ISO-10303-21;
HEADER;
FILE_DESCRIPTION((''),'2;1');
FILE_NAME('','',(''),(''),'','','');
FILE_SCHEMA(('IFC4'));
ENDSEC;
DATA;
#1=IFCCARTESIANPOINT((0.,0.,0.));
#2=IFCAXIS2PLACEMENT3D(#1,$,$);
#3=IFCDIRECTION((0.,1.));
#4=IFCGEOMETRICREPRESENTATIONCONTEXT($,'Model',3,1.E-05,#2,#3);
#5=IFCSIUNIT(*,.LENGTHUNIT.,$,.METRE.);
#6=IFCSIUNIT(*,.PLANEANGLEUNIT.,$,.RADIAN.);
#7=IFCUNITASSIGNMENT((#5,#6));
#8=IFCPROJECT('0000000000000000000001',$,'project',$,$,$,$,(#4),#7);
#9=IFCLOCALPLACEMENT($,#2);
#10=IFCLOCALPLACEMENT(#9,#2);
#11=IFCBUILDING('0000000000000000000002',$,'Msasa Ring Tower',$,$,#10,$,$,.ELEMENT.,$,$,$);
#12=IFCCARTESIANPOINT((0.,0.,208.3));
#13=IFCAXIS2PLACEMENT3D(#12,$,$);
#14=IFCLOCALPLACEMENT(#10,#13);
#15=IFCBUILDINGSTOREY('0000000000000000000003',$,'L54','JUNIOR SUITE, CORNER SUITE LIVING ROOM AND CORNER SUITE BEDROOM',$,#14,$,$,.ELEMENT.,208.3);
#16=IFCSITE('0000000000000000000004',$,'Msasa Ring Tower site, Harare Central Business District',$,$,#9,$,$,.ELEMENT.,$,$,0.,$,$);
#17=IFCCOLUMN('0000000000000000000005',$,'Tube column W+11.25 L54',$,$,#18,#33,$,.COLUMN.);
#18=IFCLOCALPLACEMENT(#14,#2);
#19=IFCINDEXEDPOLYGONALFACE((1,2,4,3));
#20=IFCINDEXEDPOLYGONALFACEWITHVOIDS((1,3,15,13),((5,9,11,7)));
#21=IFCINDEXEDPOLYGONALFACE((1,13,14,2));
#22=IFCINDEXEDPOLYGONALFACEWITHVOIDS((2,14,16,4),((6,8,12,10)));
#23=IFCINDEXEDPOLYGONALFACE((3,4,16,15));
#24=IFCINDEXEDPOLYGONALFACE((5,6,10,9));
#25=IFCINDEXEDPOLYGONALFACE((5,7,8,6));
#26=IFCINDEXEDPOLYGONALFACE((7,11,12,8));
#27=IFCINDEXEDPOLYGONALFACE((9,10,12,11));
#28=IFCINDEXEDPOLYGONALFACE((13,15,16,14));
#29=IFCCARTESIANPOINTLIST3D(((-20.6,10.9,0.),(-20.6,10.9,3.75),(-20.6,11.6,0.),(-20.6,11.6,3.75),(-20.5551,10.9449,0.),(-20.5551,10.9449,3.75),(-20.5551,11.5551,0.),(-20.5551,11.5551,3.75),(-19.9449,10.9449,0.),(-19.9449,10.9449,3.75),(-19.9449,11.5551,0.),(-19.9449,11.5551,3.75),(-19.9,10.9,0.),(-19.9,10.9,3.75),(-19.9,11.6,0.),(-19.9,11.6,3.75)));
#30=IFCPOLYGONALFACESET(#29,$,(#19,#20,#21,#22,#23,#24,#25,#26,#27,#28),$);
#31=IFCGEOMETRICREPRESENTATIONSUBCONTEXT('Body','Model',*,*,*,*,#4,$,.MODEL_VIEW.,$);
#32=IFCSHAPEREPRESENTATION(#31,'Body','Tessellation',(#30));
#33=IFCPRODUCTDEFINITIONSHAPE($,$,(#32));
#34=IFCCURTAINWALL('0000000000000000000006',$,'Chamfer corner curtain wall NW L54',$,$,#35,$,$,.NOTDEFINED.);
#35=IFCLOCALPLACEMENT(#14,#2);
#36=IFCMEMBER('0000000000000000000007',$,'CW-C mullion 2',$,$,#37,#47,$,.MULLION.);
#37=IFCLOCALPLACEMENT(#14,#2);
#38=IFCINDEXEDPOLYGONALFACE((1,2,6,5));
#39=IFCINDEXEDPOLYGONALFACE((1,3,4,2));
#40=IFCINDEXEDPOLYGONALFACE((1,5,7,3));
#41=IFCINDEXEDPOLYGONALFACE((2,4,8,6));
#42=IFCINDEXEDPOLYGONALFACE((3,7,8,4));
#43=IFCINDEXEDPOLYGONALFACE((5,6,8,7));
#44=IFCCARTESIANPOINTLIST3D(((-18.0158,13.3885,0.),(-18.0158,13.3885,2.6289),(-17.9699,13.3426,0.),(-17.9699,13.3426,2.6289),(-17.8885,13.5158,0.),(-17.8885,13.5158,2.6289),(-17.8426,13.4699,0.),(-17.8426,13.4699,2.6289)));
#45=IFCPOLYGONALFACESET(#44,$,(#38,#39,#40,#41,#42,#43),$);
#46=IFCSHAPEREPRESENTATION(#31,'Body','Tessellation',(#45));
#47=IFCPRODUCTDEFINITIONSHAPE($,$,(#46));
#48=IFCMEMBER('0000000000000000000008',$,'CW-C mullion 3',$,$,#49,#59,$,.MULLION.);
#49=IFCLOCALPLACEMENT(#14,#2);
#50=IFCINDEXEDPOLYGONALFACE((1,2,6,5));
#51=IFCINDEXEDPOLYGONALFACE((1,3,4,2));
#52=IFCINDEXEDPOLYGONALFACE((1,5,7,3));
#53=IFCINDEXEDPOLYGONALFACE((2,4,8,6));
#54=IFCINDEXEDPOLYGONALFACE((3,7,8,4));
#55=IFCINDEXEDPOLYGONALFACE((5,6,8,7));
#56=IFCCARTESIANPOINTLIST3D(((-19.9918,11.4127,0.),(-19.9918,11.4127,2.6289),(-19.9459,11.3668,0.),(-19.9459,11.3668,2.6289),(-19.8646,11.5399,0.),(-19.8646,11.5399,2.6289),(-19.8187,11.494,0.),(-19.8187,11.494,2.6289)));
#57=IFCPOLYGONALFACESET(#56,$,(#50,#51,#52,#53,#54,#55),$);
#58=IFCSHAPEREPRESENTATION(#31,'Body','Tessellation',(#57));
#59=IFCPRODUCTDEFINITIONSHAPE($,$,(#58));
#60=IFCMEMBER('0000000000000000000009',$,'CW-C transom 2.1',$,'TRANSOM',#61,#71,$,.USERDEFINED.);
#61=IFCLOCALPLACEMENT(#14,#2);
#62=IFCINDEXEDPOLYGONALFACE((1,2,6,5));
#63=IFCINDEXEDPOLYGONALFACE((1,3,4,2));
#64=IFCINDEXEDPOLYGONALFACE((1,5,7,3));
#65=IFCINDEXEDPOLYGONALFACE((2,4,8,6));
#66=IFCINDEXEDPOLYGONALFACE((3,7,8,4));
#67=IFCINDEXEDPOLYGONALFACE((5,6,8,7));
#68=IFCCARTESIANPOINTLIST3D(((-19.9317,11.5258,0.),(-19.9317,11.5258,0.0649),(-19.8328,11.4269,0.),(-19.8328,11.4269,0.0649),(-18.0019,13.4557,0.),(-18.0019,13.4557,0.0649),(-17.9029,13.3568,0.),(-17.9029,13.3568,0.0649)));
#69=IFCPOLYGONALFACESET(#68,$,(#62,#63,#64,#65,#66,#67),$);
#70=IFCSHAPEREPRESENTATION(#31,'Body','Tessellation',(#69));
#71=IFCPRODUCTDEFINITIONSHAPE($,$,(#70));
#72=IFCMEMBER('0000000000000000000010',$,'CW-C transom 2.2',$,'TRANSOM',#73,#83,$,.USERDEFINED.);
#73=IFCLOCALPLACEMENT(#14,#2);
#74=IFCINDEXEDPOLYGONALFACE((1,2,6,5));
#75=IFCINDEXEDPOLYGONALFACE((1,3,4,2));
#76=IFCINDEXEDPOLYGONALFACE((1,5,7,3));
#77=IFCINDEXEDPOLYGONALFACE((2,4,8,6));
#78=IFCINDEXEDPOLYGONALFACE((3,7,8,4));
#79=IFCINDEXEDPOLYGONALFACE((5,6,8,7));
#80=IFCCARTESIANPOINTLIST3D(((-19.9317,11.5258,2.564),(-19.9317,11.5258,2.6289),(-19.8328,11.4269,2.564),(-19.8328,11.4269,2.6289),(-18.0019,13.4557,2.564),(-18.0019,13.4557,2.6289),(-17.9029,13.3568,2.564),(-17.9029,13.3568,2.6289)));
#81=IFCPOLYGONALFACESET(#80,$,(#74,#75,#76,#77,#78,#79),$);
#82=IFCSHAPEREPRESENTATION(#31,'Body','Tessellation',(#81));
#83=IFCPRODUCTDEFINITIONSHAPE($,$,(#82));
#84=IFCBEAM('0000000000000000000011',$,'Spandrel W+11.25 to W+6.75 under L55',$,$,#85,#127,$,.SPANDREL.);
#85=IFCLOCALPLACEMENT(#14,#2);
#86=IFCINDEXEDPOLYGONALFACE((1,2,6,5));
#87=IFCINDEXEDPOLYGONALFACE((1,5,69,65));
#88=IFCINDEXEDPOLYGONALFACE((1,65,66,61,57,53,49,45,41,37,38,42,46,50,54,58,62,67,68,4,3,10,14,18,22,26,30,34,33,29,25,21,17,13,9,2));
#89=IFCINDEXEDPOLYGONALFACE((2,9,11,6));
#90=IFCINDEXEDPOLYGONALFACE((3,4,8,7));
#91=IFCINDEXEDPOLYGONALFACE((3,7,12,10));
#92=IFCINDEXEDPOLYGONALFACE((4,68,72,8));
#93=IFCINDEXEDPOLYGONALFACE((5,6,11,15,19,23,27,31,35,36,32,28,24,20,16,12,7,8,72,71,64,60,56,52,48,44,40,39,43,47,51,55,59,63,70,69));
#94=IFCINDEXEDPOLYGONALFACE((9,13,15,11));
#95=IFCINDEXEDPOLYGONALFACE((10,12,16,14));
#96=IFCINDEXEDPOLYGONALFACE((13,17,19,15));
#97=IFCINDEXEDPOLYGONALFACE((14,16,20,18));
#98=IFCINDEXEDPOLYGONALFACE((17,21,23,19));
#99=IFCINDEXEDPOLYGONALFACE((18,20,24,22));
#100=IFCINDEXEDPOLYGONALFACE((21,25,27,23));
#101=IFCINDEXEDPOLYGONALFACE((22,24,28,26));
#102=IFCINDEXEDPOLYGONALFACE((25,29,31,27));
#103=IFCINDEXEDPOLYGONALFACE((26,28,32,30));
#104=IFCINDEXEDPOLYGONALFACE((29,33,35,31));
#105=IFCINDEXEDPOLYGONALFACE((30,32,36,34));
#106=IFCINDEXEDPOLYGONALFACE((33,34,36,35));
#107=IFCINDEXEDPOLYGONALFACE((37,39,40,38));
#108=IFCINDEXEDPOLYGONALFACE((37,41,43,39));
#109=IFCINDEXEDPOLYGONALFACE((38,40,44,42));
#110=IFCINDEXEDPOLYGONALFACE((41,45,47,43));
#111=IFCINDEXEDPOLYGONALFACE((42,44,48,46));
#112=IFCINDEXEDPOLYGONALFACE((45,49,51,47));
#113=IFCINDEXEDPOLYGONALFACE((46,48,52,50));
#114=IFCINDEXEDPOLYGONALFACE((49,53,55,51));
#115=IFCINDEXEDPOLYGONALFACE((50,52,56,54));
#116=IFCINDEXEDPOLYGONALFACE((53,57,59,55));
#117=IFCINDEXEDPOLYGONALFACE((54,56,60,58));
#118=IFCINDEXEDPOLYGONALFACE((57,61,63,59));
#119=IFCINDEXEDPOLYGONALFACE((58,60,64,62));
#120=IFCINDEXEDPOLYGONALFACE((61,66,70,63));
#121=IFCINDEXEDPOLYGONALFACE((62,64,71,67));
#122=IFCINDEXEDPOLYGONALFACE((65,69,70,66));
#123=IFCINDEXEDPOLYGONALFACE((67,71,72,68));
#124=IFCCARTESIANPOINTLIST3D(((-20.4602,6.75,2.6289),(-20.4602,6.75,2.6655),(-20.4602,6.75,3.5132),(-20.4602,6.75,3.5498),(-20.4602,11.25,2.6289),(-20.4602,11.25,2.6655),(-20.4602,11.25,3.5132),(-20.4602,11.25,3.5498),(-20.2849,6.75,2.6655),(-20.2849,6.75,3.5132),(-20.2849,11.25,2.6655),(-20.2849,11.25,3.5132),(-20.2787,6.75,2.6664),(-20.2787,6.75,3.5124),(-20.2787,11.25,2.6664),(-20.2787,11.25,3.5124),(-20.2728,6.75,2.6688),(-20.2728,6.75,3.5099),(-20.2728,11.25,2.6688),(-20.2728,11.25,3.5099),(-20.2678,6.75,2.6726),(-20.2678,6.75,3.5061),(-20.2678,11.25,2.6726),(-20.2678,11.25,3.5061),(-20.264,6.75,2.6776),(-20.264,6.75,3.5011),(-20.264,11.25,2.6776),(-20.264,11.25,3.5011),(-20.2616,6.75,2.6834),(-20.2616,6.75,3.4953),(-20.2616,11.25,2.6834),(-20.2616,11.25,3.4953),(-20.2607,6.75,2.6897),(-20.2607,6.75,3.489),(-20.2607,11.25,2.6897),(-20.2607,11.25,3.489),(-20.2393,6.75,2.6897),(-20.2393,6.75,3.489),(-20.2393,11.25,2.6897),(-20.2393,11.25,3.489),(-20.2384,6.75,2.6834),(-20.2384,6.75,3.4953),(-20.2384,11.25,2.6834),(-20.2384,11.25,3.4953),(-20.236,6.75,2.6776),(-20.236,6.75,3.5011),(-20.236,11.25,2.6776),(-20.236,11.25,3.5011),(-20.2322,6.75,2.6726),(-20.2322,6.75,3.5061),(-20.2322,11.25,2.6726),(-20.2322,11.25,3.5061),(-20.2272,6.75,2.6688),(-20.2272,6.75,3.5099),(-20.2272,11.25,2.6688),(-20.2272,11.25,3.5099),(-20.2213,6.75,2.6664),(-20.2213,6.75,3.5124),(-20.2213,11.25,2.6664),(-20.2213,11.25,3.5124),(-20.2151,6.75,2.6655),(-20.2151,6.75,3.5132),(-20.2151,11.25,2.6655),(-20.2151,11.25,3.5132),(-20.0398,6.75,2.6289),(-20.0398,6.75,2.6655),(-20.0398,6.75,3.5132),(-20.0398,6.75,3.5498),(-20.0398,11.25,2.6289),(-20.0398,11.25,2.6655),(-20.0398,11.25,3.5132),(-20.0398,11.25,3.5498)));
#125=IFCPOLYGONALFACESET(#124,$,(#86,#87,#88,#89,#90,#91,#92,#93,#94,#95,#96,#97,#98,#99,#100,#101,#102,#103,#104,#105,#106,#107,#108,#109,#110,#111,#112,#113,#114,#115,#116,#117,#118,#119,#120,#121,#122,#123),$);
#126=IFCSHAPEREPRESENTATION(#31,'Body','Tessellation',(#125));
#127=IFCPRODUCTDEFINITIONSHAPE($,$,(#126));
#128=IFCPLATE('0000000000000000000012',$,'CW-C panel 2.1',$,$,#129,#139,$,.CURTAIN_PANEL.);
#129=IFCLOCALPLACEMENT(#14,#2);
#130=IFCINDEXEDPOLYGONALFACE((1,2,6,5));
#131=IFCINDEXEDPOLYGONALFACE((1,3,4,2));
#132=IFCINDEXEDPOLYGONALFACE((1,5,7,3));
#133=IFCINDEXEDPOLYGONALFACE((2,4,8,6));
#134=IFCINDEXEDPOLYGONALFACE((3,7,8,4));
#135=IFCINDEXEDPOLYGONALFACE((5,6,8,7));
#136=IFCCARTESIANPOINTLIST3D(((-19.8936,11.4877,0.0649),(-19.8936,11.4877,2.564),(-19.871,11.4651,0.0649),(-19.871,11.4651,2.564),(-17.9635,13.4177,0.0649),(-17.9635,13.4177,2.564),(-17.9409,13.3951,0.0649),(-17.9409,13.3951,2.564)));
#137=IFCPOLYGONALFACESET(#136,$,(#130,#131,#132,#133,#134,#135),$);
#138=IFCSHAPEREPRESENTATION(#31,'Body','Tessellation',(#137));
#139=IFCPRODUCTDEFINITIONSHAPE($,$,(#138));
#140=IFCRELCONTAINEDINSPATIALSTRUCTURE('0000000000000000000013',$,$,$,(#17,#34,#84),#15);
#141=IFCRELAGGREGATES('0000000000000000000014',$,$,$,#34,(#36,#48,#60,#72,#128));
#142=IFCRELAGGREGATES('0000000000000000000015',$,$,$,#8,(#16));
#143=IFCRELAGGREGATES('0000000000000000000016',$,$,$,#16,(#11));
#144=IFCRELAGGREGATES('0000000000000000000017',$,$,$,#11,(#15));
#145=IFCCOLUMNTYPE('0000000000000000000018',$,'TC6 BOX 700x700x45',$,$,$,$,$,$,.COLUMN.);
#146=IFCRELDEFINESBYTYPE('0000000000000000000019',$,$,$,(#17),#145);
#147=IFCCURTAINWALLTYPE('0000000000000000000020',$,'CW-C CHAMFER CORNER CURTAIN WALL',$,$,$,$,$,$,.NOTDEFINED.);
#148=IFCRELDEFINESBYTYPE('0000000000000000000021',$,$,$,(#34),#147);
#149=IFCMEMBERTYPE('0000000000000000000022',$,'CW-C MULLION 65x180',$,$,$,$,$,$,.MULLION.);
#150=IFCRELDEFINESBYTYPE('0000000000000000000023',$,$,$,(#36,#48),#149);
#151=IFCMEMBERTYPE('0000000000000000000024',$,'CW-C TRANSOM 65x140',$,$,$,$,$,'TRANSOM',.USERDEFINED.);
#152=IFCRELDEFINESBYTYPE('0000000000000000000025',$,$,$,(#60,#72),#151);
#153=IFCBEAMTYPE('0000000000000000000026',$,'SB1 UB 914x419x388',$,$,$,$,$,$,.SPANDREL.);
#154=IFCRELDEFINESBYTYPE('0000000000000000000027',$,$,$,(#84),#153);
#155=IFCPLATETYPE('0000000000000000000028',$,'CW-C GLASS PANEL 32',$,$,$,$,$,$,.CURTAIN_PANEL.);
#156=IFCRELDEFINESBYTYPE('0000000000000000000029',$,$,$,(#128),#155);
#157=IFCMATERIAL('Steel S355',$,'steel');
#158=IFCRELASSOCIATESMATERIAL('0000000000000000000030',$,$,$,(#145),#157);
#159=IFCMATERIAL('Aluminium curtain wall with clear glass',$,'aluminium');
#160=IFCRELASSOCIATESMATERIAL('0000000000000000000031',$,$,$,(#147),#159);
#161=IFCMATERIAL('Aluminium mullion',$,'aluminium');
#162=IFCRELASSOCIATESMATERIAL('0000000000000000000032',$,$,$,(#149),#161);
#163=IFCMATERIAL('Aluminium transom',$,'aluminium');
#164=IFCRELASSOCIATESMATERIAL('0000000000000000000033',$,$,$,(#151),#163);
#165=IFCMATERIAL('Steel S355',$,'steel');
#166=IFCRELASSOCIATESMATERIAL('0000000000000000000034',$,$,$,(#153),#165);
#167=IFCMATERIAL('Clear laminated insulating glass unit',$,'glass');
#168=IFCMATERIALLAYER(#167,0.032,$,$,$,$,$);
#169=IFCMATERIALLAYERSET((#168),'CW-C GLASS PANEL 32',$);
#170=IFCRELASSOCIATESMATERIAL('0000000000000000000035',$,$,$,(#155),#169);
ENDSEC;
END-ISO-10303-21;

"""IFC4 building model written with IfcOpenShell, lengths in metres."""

from ifc_helpers import new_model, si_unit, direction, frame, origin, origin_2d, place, context, subcontext, project, spatial, rectangle, hollow_rectangle, i_section, extrude, material, layer, layer_set, material_profile, profile_set, type_object, element, aggregate, save


model = new_model("IFC4")

# Units and contexts
model_context = context("Model", 3, precision=1e-05, world=origin(), true_north=direction((0.0, 1.0)))
body_context = subcontext(model_context, "Body", "Model", "MODEL_VIEW")
ifc_project = project(units=[si_unit("LENGTHUNIT", "METRE"), si_unit("PLANEANGLEUNIT", "RADIAN")], contexts=[model_context])

# Site, building, storey
site_placement = place(None, origin())
site = spatial("IfcSite", under=ifc_project, at=site_placement, Name="Msasa Ring Tower site, Harare Central Business District", CompositionType="ELEMENT", RefElevation=0.0)
building_placement = place(site_placement, origin())
building = spatial("IfcBuilding", under=site, at=building_placement, Name="Msasa Ring Tower", CompositionType="ELEMENT")
storey_placement = place(building_placement, frame((0.0, 0.0, 208.3)))
storey = spatial("IfcBuildingStorey", under=building, at=storey_placement, Name="L54", Description="JUNIOR SUITE, CORNER SUITE LIVING ROOM AND CORNER SUITE BEDROOM", CompositionType="ELEMENT", Elevation=208.3)

# Column
ifc_material_1 = material(Name="Steel S355", Category="steel")
ifc_material_profile_1 = material_profile(ifc_material_1, hollow_rectangle(XDim=0.7, YDim=0.7, WallThickness=0.0449, at=origin_2d()), Name="BOX 700x700x45")
ifc_profile_set_1 = profile_set([ifc_material_profile_1], Name="Steel S355")
column_type = type_object("IfcColumnType", Name="TC6 BOX 700x700x45", PredefinedType="COLUMN", material=ifc_profile_set_1)
column_placement = place(storey_placement, frame((-20.25, 11.25, 0.0), z_axis=(0.0, 0.0, 1.0), x_axis=(1.0, 0.0, 0.0)))
element("IfcColumn", 1, at=column_placement, inside=storey, type_object=column_type, Name="Tube column W+11.25 L54", PredefinedType="COLUMN", context=body_context, shape_type="SweptSolid", body=[
    extrude(hollow_rectangle(XDim=0.7, YDim=0.7, WallThickness=0.0449, at=origin_2d()), origin(), (0.0, 0.0, 1.0), 3.75),
])

# Curtain wall, members
ifc_material_2 = material(Name="Aluminium curtain wall with clear glass", Category="aluminium")
curtain_wall_type = type_object("IfcCurtainWallType", Name="CW-C CHAMFER CORNER CURTAIN WALL", PredefinedType="NOTDEFINED", material=ifc_material_2)
curtain_wall_placement = place(storey_placement, origin())
curtain_wall = element("IfcCurtainWall", 2, at=curtain_wall_placement, inside=storey, type_object=curtain_wall_type, Name="Chamfer corner curtain wall NW L54", PredefinedType="NOTDEFINED")
ifc_material_3 = material(Name="Aluminium mullion", Category="aluminium")
ifc_material_profile_2 = material_profile(ifc_material_3, rectangle(XDim=0.0649, YDim=0.1799, at=origin_2d()), Name="AL 65x180")
ifc_profile_set_2 = profile_set([ifc_material_profile_2], Name="Aluminium mullion")
member_type_1 = type_object("IfcMemberType", Name="CW-C MULLION 65x180", PredefinedType="MULLION", material=ifc_profile_set_2)
member_1_placement = place(storey_placement, frame((-17.9292, 13.4292, 0.0), z_axis=(0.0, 0.0, 1.0), x_axis=(0.707107, -0.707107, 0.0)))
member_1 = element("IfcMember", 3, at=member_1_placement, type_object=member_type_1, Name="CW-C mullion 2", PredefinedType="MULLION", context=body_context, shape_type="SweptSolid", body=[
    extrude(rectangle(XDim=0.0649, YDim=0.1799, at=origin_2d()), origin(), (0.0, 0.0, 1.0), 2.6289),
])
member_2_placement = place(storey_placement, frame((-19.9053, 11.4534, 0.0), z_axis=(0.0, 0.0, 1.0), x_axis=(0.707107, -0.707107, 0.0)))
member_2 = element("IfcMember", 4, at=member_2_placement, type_object=member_type_1, Name="CW-C mullion 3", PredefinedType="MULLION", context=body_context, shape_type="SweptSolid", body=[
    extrude(rectangle(XDim=0.0649, YDim=0.1799, at=origin_2d()), origin(), (0.0, 0.0, 1.0), 2.6289),
])
ifc_material_4 = material(Name="Aluminium transom", Category="aluminium")
ifc_material_profile_3 = material_profile(ifc_material_4, rectangle(XDim=0.1399, YDim=0.0649, at=origin_2d()), Name="AL 65x140")
ifc_profile_set_3 = profile_set([ifc_material_profile_3], Name="Aluminium transom")
member_type_2 = type_object("IfcMemberType", Name="CW-C TRANSOM 65x140", ElementType="TRANSOM", PredefinedType="USERDEFINED", material=ifc_profile_set_3)
member_3_placement = place(storey_placement, frame((-17.9524, 13.4062, 0.0325), z_axis=(-0.707107, -0.707107, 0.0), x_axis=(0.707107, -0.707107, 0.0)))
member_3 = element("IfcMember", 5, at=member_3_placement, type_object=member_type_2, Name="CW-C transom 2.1", ObjectType="TRANSOM", PredefinedType="USERDEFINED", context=body_context, shape_type="SweptSolid", body=[
    extrude(rectangle(XDim=0.1399, YDim=0.0649, at=origin_2d()), origin(), (0.0, 0.0, 1.0), 2.7292),
])
member_4_placement = place(storey_placement, frame((-17.9524, 13.4062, 2.5964), z_axis=(-0.707107, -0.707107, 0.0), x_axis=(0.707107, -0.707107, 0.0)))
member_4 = element("IfcMember", 6, at=member_4_placement, type_object=member_type_2, Name="CW-C transom 2.2", ObjectType="TRANSOM", PredefinedType="USERDEFINED", context=body_context, shape_type="SweptSolid", body=[
    extrude(rectangle(XDim=0.1399, YDim=0.0649, at=origin_2d()), origin(), (0.0, 0.0, 1.0), 2.7292),
])

# Beam
ifc_material_5 = material(Name="Steel S355", Category="steel")
ifc_material_profile_4 = material_profile(ifc_material_5, i_section(OverallWidth=0.4204, OverallDepth=0.9209, WebThickness=0.0215, FlangeThickness=0.0366, FilletRadius=0.0242, at=origin_2d()), Name="UB 914x419x388")
ifc_profile_set_4 = profile_set([ifc_material_profile_4], Name="Steel S355")
beam_type = type_object("IfcBeamType", Name="SB1 UB 914x419x388", PredefinedType="SPANDREL", material=ifc_profile_set_4)
beam_placement = place(storey_placement, frame((-20.25, 11.25, 3.0894), z_axis=(0.0, -1.0, 0.0), x_axis=(1.0, 0.0, 0.0)))
element("IfcBeam", 7, at=beam_placement, inside=storey, type_object=beam_type, Name="Spandrel W+11.25 to W+6.75 under L55", PredefinedType="SPANDREL", context=body_context, shape_type="SweptSolid", body=[
    extrude(i_section(OverallWidth=0.4204, OverallDepth=0.9209, WebThickness=0.0215, FlangeThickness=0.0366, FilletRadius=0.0242, at=origin_2d()), origin(), (0.0, 0.0, 1.0), 4.5),
])

# Plate
ifc_material_6 = material(Name="Clear laminated insulating glass unit", Category="glass")
ifc_layer_1 = layer(ifc_material_6, 0.032)
ifc_layer_set_1 = layer_set([ifc_layer_1], Name="CW-C GLASS PANEL 32")
plate_type = type_object("IfcPlateType", Name="CW-C GLASS PANEL 32", PredefinedType="CURTAIN_PANEL", material=ifc_layer_set_1)
plate_placement = place(storey_placement, frame((-18.9172, 12.4414, 0.0649), z_axis=(0.0, 0.0, 1.0), x_axis=(-0.707107, -0.707107, 0.0)))
plate = element("IfcPlate", 8, at=plate_placement, type_object=plate_type, Name="CW-C panel 2.1", PredefinedType="CURTAIN_PANEL", context=body_context, shape_type="SweptSolid", body=[
    extrude(rectangle(XDim=2.7295, YDim=0.032, at=origin_2d()), origin(), (0.0, 0.0, 1.0), 2.499),
])
aggregate(curtain_wall, [member_1, member_2, member_3, member_4, plate])

save(model, "model.ifc")
